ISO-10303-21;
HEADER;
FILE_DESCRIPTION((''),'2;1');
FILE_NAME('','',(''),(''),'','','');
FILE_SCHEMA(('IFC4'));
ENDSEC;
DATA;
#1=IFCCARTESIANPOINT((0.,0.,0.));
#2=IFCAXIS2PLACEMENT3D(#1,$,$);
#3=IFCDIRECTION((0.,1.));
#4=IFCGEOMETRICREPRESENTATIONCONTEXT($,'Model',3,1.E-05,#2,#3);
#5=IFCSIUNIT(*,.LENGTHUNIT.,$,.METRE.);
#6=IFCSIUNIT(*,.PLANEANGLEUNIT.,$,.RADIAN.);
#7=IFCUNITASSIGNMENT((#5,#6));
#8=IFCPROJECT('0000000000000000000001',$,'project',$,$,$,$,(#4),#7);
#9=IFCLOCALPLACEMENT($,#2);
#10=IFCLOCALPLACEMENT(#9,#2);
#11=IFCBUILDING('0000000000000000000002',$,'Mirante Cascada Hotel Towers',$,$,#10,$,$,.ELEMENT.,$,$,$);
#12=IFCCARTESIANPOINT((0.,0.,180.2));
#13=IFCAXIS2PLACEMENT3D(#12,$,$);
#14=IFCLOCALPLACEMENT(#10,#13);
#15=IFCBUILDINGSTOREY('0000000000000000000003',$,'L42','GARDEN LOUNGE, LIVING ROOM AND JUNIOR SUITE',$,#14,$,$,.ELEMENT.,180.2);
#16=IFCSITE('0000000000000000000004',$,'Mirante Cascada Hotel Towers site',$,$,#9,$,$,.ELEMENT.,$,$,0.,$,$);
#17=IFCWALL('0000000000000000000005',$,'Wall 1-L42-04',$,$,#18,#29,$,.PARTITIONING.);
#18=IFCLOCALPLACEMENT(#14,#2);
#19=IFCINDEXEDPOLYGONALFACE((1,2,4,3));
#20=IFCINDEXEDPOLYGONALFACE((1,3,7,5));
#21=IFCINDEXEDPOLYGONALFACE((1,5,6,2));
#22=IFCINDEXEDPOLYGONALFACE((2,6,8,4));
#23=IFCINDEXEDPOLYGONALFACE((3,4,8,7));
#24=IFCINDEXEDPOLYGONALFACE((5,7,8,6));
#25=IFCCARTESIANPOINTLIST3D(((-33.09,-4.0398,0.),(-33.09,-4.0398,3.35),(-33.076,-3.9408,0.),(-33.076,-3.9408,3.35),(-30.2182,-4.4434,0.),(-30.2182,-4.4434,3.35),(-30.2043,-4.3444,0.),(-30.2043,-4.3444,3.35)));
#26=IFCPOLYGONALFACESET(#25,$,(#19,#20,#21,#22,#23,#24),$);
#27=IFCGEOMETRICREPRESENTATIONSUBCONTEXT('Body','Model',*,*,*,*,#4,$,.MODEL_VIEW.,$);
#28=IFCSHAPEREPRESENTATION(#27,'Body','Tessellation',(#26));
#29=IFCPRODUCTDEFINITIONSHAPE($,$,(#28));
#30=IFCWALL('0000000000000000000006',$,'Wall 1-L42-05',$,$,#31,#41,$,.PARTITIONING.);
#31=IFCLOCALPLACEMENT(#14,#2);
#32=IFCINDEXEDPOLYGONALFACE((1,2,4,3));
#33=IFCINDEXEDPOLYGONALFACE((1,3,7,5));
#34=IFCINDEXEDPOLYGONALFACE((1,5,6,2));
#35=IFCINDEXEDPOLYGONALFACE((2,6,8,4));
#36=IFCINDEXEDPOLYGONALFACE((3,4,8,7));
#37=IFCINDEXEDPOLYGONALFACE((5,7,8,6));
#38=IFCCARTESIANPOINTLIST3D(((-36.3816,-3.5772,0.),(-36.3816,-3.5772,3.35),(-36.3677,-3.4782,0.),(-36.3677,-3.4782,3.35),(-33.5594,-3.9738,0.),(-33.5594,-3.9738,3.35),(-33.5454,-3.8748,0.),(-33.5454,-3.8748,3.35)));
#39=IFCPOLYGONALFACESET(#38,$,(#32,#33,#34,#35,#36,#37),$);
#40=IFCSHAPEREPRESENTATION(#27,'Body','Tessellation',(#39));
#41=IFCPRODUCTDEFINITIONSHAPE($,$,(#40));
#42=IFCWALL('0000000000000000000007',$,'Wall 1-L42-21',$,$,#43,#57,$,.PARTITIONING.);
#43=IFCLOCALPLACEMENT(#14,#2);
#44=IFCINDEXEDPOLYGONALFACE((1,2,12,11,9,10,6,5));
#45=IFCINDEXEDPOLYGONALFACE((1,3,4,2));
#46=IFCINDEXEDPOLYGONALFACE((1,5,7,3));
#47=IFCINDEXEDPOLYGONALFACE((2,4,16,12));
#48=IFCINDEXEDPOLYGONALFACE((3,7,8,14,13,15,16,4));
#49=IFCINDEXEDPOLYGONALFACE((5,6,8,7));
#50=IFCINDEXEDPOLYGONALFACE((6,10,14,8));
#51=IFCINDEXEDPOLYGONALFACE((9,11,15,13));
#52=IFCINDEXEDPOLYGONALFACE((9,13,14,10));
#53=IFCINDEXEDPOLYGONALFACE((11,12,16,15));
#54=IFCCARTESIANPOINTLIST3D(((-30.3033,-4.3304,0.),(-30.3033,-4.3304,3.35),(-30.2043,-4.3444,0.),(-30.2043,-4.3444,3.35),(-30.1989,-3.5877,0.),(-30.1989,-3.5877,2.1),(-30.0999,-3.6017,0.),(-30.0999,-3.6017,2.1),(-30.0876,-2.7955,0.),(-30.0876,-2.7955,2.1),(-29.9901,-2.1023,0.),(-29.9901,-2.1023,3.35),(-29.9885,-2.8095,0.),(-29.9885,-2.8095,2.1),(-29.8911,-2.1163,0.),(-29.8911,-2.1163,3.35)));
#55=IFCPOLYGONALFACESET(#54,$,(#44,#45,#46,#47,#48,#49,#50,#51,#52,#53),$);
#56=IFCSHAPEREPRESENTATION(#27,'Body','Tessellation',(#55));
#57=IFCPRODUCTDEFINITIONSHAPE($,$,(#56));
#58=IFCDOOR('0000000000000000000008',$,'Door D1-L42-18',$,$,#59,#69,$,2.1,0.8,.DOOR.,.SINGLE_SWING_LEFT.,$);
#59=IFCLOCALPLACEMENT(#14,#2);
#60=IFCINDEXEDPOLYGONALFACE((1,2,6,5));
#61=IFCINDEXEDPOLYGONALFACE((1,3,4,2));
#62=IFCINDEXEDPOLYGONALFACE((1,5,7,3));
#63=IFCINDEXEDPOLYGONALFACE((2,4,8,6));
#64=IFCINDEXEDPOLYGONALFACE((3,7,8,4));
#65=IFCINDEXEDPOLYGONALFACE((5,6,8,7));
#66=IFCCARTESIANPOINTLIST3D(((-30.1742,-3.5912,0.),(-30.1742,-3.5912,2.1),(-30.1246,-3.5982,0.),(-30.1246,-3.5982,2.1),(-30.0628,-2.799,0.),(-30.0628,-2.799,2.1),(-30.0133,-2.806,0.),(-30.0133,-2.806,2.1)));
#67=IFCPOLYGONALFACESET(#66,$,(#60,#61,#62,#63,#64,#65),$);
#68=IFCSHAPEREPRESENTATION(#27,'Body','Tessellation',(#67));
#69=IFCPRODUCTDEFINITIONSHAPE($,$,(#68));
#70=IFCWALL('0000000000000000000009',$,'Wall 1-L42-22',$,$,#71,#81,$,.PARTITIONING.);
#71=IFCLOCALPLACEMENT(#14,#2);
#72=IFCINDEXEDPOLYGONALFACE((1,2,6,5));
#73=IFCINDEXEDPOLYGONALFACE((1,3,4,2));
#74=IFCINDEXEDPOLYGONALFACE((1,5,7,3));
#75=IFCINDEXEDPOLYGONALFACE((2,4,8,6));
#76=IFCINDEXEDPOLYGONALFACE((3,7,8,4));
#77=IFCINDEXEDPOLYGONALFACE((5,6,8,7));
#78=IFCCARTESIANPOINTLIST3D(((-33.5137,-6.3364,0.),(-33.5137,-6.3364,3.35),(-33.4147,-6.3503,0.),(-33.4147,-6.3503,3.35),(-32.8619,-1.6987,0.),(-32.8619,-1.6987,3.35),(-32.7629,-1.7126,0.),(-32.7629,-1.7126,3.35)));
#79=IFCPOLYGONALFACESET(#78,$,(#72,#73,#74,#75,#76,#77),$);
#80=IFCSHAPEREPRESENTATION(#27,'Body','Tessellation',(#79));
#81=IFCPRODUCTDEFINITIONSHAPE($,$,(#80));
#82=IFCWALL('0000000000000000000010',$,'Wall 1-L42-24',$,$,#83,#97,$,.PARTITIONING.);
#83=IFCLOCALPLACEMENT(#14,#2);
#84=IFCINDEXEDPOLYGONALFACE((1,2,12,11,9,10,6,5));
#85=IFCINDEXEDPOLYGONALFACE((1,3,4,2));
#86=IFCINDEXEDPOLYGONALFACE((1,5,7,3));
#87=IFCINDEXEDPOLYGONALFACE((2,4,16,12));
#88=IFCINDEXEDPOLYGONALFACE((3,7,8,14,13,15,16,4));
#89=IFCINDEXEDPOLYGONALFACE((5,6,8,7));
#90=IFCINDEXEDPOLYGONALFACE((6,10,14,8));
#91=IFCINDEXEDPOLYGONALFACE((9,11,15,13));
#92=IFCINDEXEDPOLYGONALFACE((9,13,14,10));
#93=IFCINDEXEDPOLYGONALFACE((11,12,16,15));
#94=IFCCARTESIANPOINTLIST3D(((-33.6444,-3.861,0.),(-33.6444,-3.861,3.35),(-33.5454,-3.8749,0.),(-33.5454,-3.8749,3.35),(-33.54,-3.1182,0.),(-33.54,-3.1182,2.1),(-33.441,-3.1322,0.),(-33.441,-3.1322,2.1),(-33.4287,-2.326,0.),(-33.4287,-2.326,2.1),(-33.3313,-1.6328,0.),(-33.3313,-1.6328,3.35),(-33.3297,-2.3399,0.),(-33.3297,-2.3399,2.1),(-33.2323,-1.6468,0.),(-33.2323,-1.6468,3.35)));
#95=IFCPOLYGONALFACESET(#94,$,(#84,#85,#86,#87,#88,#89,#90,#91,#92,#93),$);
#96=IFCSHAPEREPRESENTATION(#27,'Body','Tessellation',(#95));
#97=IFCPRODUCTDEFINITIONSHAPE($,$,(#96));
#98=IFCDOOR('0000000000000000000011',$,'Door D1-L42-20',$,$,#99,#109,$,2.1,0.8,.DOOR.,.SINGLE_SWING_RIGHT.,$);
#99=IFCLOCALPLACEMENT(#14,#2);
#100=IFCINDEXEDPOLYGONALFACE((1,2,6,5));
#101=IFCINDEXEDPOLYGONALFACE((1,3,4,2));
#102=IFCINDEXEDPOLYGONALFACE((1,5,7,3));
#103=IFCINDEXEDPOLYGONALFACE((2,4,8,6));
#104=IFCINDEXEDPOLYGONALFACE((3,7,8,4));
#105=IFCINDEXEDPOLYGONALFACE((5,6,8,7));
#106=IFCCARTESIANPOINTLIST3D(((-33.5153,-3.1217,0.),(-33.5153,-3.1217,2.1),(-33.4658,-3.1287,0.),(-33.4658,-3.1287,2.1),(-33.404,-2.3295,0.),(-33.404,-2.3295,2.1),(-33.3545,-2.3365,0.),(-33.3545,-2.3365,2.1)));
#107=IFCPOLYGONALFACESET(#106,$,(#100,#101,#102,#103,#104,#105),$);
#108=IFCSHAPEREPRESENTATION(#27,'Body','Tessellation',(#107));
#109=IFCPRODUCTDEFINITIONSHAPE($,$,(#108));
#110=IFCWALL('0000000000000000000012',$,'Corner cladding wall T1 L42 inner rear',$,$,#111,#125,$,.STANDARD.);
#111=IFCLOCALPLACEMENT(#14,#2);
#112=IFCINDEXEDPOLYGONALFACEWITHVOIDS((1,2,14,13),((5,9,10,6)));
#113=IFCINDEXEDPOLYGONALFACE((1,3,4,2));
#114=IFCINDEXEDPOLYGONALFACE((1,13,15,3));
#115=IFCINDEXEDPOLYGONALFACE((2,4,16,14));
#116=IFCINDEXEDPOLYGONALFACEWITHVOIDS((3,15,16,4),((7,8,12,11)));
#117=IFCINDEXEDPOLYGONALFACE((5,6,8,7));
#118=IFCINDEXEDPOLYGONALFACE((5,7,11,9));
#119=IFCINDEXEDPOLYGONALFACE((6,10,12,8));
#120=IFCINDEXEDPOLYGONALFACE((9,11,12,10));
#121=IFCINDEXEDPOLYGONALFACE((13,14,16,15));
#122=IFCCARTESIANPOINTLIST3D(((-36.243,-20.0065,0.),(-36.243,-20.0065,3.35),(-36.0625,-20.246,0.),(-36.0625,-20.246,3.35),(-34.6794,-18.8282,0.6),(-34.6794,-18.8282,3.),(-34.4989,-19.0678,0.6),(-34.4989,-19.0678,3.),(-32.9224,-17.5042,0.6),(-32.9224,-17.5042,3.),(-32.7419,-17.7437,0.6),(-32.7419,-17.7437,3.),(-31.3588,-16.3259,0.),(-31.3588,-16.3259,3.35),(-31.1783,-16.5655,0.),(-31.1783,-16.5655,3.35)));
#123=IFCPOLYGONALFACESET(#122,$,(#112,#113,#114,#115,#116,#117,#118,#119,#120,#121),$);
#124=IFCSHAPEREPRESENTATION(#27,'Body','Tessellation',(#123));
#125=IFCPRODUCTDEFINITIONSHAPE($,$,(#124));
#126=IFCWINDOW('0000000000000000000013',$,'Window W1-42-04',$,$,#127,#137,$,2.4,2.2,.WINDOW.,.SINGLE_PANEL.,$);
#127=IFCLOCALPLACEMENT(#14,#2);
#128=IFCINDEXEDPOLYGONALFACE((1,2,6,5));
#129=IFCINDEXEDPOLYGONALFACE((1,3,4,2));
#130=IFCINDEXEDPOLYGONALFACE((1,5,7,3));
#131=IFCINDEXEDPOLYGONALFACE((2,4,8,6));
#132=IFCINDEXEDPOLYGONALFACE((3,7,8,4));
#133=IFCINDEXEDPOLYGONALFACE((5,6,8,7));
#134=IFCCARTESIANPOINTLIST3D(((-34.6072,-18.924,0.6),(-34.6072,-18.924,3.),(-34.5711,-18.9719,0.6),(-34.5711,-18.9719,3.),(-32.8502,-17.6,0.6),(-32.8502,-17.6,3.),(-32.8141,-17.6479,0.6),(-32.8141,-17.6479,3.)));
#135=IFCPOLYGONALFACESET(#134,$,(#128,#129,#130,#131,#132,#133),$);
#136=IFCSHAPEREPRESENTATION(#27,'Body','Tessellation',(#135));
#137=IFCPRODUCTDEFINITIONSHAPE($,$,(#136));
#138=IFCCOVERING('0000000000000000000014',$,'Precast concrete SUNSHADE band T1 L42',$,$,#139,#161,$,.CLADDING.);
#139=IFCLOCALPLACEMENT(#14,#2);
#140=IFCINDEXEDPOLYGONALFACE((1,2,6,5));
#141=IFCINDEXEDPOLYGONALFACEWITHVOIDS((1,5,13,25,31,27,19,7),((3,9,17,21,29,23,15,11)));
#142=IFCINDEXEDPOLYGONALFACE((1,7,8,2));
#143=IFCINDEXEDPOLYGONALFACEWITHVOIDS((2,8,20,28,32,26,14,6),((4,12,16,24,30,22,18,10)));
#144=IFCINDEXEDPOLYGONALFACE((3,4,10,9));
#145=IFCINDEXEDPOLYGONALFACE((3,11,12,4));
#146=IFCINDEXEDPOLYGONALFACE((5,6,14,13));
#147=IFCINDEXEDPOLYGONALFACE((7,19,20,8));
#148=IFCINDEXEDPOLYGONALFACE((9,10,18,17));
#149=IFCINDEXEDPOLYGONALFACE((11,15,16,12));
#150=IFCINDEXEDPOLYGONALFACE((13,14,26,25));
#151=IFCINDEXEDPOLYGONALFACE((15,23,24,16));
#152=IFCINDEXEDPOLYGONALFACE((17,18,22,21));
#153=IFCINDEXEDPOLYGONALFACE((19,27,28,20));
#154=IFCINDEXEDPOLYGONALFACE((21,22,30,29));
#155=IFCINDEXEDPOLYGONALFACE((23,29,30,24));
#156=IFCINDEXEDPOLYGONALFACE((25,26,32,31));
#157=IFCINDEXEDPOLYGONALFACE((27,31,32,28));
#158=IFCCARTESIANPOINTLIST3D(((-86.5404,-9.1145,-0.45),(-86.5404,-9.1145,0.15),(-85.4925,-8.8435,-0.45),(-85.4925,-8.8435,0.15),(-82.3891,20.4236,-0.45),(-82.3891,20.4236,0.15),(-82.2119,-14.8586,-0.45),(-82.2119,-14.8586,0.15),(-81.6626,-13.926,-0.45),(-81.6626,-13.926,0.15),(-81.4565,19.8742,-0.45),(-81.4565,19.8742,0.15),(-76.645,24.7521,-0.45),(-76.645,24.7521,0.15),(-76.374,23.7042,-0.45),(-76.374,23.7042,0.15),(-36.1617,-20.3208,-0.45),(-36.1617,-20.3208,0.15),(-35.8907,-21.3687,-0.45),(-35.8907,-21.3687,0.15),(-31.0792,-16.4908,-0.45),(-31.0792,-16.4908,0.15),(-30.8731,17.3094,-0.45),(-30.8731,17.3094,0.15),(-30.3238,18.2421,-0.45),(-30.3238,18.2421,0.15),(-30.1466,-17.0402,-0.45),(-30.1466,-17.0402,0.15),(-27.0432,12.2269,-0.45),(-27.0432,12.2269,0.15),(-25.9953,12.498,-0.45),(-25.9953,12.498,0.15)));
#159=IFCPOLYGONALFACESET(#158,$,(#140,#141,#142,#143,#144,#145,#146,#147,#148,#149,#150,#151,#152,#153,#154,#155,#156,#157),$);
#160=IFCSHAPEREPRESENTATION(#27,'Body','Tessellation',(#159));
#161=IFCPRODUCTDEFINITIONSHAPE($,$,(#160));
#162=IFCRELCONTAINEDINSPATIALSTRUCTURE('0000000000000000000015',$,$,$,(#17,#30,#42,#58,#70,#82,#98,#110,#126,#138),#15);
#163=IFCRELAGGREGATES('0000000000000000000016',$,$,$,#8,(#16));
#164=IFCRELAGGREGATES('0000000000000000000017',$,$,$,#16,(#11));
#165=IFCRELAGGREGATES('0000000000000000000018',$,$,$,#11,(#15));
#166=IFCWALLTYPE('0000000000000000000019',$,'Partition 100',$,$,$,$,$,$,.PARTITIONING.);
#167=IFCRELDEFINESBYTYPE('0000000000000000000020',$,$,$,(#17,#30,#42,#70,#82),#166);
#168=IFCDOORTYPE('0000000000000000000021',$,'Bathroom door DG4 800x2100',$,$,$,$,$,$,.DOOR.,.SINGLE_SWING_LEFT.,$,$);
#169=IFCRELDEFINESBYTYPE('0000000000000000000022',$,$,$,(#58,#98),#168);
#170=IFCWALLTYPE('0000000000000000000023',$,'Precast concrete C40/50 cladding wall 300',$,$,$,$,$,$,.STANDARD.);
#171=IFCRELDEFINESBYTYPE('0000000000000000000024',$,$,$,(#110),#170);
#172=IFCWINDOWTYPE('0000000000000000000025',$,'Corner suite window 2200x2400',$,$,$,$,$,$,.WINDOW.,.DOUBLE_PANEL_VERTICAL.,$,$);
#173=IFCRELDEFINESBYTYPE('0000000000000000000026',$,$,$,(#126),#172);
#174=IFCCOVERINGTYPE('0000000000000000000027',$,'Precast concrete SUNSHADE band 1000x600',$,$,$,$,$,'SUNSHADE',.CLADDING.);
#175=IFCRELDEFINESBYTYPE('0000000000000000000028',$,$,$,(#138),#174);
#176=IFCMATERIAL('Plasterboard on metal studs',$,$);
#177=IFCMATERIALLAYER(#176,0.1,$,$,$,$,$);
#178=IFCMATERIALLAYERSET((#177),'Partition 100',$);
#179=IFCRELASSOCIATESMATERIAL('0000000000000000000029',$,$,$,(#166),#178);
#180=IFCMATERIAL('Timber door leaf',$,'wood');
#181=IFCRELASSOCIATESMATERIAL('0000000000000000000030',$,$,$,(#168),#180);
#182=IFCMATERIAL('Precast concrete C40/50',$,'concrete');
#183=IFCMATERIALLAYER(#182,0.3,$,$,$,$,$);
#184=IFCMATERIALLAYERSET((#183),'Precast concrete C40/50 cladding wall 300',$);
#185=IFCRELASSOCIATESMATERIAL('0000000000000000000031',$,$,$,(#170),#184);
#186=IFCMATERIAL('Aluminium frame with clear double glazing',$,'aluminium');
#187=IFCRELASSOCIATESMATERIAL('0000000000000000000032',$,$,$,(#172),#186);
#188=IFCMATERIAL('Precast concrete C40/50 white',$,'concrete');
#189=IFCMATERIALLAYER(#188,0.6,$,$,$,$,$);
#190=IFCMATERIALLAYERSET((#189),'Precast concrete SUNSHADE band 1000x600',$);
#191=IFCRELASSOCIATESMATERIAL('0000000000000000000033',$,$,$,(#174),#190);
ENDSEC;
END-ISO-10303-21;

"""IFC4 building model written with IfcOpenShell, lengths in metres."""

from ifc_helpers import new_model, si_unit, direction, frame, frame_2d, origin, place, context, subcontext, project, spatial, polyline, rectangle, outline, extrude, material, layer, layer_set, type_object, element, fill, save


model = new_model("IFC4")

# Units and contexts
model_context = context("Model", 3, precision=1e-05, world=origin(), true_north=direction((0.0, 1.0)))
body_context = subcontext(model_context, "Body", "Model", "MODEL_VIEW")
ifc_project = project(units=[si_unit("LENGTHUNIT", "METRE"), si_unit("PLANEANGLEUNIT", "RADIAN")], contexts=[model_context])

# Site, building, storey
site_placement = place(None, origin())
site = spatial("IfcSite", under=ifc_project, at=site_placement, Name="Mirante Cascada Hotel Towers site", CompositionType="ELEMENT", RefElevation=0.0)
building_placement = place(site_placement, origin())
building = spatial("IfcBuilding", under=site, at=building_placement, Name="Mirante Cascada Hotel Towers", CompositionType="ELEMENT")
storey_placement = place(building_placement, frame((0.0, 0.0, 180.2)))
storey = spatial("IfcBuildingStorey", under=building, at=storey_placement, Name="L42", Description="GARDEN LOUNGE, LIVING ROOM AND JUNIOR SUITE", CompositionType="ELEMENT", Elevation=180.2)

# Shared definitions
ifc_material_1 = material(Name="Plasterboard on metal studs")
ifc_layer_1 = layer(ifc_material_1, 0.1)
ifc_layer_set_1 = layer_set([ifc_layer_1], Name="Partition 100")
wall_type_1 = type_object("IfcWallType", Name="Partition 100", PredefinedType="PARTITIONING", material=ifc_layer_set_1)

# Walls
wall_1_placement = place(storey_placement, frame((-33.083, -3.9903, 0.0), z_axis=(0.0, 0.0, 1.0), x_axis=(0.990268, -0.139171, 0.0)))
element("IfcWall", 1, at=wall_1_placement, inside=storey, type_object=wall_type_1, Name="Wall 1-L42-04", PredefinedType="PARTITIONING", context=body_context, shape_type="SweptSolid", body=[
    extrude(rectangle(XDim=2.9, YDim=0.1, at=frame_2d((1.45, 0.0))), origin(), (0.0, 0.0, 1.0), 3.35),
])
wall_2_placement = place(storey_placement, frame((-33.5524, -3.9243, 0.0), z_axis=(0.0, 0.0, 1.0), x_axis=(-0.99027, 0.139156, 0.0)))
element("IfcWall", 2, at=wall_2_placement, inside=storey, type_object=wall_type_1, Name="Wall 1-L42-05", PredefinedType="PARTITIONING", context=body_context, shape_type="SweptSolid", body=[
    extrude(rectangle(XDim=2.85, YDim=0.1, at=frame_2d((1.425, 0.0))), origin(), (0.0, 0.0, 1.0), 3.35),
])

# Wall, opening, door
wall_3_placement = place(storey_placement, frame((-30.2538, -4.3374, 0.0), z_axis=(0.0, 0.0, 1.0), x_axis=(0.1392, 0.990264, 0.0)))
wall_3 = element("IfcWall", 3, at=wall_3_placement, inside=storey, type_object=wall_type_1, Name="Wall 1-L42-21", PredefinedType="PARTITIONING", context=body_context, shape_type="SweptSolid", body=[
    extrude(rectangle(XDim=2.25, YDim=0.1, at=frame_2d((1.125, 0.0))), origin(), (0.0, 0.0, 1.0), 3.35),
])
opening_1_placement = place(wall_3_placement, frame((0.75, 0.0, 0.0)))
opening_1 = element("IfcOpeningElement", 4, at=opening_1_placement, cuts=wall_3, PredefinedType="OPENING", context=body_context, shape_type="SweptSolid", body=[
    extrude(rectangle(XDim=0.8, YDim=2.1, at=frame_2d((0.4, 1.05))), frame((0.0, 0.05, 0.0), z_axis=(0.0, -1.0, 0.0), x_axis=(1.0, 0.0, 0.0)), (0.0, 0.0, 1.0), 0.1),
])
ifc_material_2 = material(Name="Timber door leaf", Category="wood")
door_type_1 = type_object("IfcDoorType", Name="Bathroom door DG4 800x2100", OperationType="SINGLE_SWING_LEFT", PredefinedType="DOOR", material=ifc_material_2)
door_1_placement = place(opening_1_placement, origin())
door_1 = element("IfcDoor", 5, at=door_1_placement, inside=storey, type_object=door_type_1, Name="Door D1-L42-18", OperationType="SINGLE_SWING_LEFT", OverallHeight=2.1, OverallWidth=0.8, PredefinedType="DOOR", context=body_context, shape_type="SweptSolid", body=[
    extrude(rectangle(XDim=0.8, YDim=2.1, at=frame_2d((0.4, 1.05))), frame((0.0, 0.025, 0.0), z_axis=(0.0, -1.0, 0.0), x_axis=(1.0, 0.0, 0.0)), (0.0, 0.0, 1.0), 0.05),
])
fill(opening_1, door_1)

# Wall
wall_4_placement = place(storey_placement, frame((-32.8124, -1.7057, 0.0), z_axis=(0.0, 0.0, 1.0), x_axis=(-0.139176, -0.990268, 0.0)))
element("IfcWall", 6, at=wall_4_placement, inside=storey, type_object=wall_type_1, Name="Wall 1-L42-22", PredefinedType="PARTITIONING", context=body_context, shape_type="SweptSolid", body=[
    extrude(rectangle(XDim=4.6833, YDim=0.1, at=frame_2d((2.3416, 0.0))), origin(), (0.0, 0.0, 1.0), 3.35),
])

# Wall, opening, door
wall_5_placement = place(storey_placement, frame((-33.2818, -1.6398, 0.0), z_axis=(0.0, 0.0, 1.0), x_axis=(-0.139156, -0.990271, 0.0)))
wall_5 = element("IfcWall", 7, at=wall_5_placement, inside=storey, type_object=wall_type_1, Name="Wall 1-L42-24", PredefinedType="PARTITIONING", context=body_context, shape_type="SweptSolid", body=[
    extrude(rectangle(XDim=2.25, YDim=0.1, at=frame_2d((1.125, 0.0))), origin(), (0.0, 0.0, 1.0), 3.35),
])
opening_2_placement = place(wall_5_placement, frame((0.7, 0.0, 0.0)))
opening_2 = element("IfcOpeningElement", 8, at=opening_2_placement, cuts=wall_5, PredefinedType="OPENING", context=body_context, shape_type="SweptSolid", body=[
    extrude(rectangle(XDim=0.8, YDim=2.1, at=frame_2d((0.4, 1.05))), frame((0.0, 0.05, 0.0), z_axis=(0.0, -1.0, 0.0), x_axis=(1.0, 0.0, 0.0)), (0.0, 0.0, 1.0), 0.1),
])
door_2_placement = place(opening_2_placement, frame((0.8, 0.0, 0.0), z_axis=(0.0, 0.0, 1.0), x_axis=(-1.0, 0.0, 0.0)))
door_2 = element("IfcDoor", 9, at=door_2_placement, inside=storey, type_object=door_type_1, Name="Door D1-L42-20", OperationType="SINGLE_SWING_RIGHT", OverallHeight=2.1, OverallWidth=0.8, PredefinedType="DOOR", context=body_context, shape_type="SweptSolid", body=[
    extrude(rectangle(XDim=0.8, YDim=2.1, at=frame_2d((0.4, 1.05))), frame((0.0, 0.025, 0.0), z_axis=(0.0, -1.0, 0.0), x_axis=(1.0, 0.0, 0.0)), (0.0, 0.0, 1.0), 0.05),
])
fill(opening_2, door_2)

# Wall, opening, window
ifc_material_3 = material(Name="Precast concrete C40/50", Category="concrete")
ifc_layer_2 = layer(ifc_material_3, 0.3)
ifc_layer_set_2 = layer_set([ifc_layer_2], Name="Precast concrete C40/50 cladding wall 300")
wall_type_2 = type_object("IfcWallType", Name="Precast concrete C40/50 cladding wall 300", PredefinedType="STANDARD", material=ifc_layer_set_2)
wall_6_placement = place(storey_placement, frame((-31.2686, -16.4457, 0.0), z_axis=(0.0, 0.0, 1.0), x_axis=(-0.798628, -0.601824, 0.0)))
wall_6 = element("IfcWall", 10, at=wall_6_placement, inside=storey, type_object=wall_type_2, Name="Corner cladding wall T1 L42 inner rear", PredefinedType="STANDARD", context=body_context, shape_type="SweptSolid", body=[
    extrude(rectangle(XDim=6.1157, YDim=0.3, at=frame_2d((3.0578, 0.0))), origin(), (0.0, 0.0, 1.0), 3.35),
])
opening_3_placement = place(wall_6_placement, frame((1.9578, 0.0, 0.6)))
opening_3 = element("IfcOpeningElement", 11, at=opening_3_placement, cuts=wall_6, PredefinedType="OPENING", context=body_context, shape_type="SweptSolid", body=[
    extrude(rectangle(XDim=2.2, YDim=2.4, at=frame_2d((1.1, 1.2))), frame((0.0, 0.15, 0.0), z_axis=(0.0, -1.0, 0.0), x_axis=(1.0, 0.0, 0.0)), (0.0, 0.0, 1.0), 0.3),
])
ifc_material_4 = material(Name="Aluminium frame with clear double glazing", Category="aluminium")
window_type = type_object("IfcWindowType", Name="Corner suite window 2200x2400", PartitioningType="DOUBLE_PANEL_VERTICAL", PredefinedType="WINDOW", material=ifc_material_4)
window_placement = place(opening_3_placement, origin())
window = element("IfcWindow", 12, at=window_placement, inside=storey, type_object=window_type, Name="Window W1-42-04", OverallHeight=2.4, OverallWidth=2.2, PartitioningType="SINGLE_PANEL", PredefinedType="WINDOW", context=body_context, shape_type="SweptSolid", body=[
    extrude(rectangle(XDim=2.2, YDim=2.4, at=frame_2d((1.1, 1.2))), frame((0.0, 0.03, 0.0), z_axis=(0.0, -1.0, 0.0), x_axis=(1.0, 0.0, 0.0)), (0.0, 0.0, 1.0), 0.06),
])
fill(opening_3, window)

# Covering
ifc_material_5 = material(Name="Precast concrete C40/50 white", Category="concrete")
ifc_layer_3 = layer(ifc_material_5, 0.6)
ifc_layer_set_3 = layer_set([ifc_layer_3], Name="Precast concrete SUNSHADE band 1000x600")
covering_type = type_object("IfcCoveringType", Name="Precast concrete SUNSHADE band 1000x600", ElementType="SUNSHADE", PredefinedType="CLADDING", material=ifc_layer_set_3)
covering_placement = place(storey_placement, frame((0.0, 0.0, -0.45)))
element("IfcCovering", 13, at=covering_placement, inside=storey, type_object=covering_type, Name="Precast concrete SUNSHADE band T1 L42", PredefinedType="CLADDING", context=body_context, shape_type="SweptSolid", body=[
    extrude(outline(polyline([(-86.5404, -9.1145), (-82.3891, 20.4236), (-76.645, 24.7521), (-30.3238, 18.2421), (-25.9953, 12.498), (-30.1466, -17.0402), (-35.8907, -21.3687), (-82.2119, -14.8586), (-86.5404, -9.1145)]), holes=[polyline([(-27.0432, 12.2269), (-30.8731, 17.3094), (-76.374, 23.7042), (-81.4565, 19.8742), (-85.4925, -8.8435), (-81.6626, -13.926), (-36.1617, -20.3208), (-31.0792, -16.4908), (-27.0432, 12.2269)])]), origin(), (0.0, 0.0, 1.0), 0.6),
])

save(model, "model.ifc")
